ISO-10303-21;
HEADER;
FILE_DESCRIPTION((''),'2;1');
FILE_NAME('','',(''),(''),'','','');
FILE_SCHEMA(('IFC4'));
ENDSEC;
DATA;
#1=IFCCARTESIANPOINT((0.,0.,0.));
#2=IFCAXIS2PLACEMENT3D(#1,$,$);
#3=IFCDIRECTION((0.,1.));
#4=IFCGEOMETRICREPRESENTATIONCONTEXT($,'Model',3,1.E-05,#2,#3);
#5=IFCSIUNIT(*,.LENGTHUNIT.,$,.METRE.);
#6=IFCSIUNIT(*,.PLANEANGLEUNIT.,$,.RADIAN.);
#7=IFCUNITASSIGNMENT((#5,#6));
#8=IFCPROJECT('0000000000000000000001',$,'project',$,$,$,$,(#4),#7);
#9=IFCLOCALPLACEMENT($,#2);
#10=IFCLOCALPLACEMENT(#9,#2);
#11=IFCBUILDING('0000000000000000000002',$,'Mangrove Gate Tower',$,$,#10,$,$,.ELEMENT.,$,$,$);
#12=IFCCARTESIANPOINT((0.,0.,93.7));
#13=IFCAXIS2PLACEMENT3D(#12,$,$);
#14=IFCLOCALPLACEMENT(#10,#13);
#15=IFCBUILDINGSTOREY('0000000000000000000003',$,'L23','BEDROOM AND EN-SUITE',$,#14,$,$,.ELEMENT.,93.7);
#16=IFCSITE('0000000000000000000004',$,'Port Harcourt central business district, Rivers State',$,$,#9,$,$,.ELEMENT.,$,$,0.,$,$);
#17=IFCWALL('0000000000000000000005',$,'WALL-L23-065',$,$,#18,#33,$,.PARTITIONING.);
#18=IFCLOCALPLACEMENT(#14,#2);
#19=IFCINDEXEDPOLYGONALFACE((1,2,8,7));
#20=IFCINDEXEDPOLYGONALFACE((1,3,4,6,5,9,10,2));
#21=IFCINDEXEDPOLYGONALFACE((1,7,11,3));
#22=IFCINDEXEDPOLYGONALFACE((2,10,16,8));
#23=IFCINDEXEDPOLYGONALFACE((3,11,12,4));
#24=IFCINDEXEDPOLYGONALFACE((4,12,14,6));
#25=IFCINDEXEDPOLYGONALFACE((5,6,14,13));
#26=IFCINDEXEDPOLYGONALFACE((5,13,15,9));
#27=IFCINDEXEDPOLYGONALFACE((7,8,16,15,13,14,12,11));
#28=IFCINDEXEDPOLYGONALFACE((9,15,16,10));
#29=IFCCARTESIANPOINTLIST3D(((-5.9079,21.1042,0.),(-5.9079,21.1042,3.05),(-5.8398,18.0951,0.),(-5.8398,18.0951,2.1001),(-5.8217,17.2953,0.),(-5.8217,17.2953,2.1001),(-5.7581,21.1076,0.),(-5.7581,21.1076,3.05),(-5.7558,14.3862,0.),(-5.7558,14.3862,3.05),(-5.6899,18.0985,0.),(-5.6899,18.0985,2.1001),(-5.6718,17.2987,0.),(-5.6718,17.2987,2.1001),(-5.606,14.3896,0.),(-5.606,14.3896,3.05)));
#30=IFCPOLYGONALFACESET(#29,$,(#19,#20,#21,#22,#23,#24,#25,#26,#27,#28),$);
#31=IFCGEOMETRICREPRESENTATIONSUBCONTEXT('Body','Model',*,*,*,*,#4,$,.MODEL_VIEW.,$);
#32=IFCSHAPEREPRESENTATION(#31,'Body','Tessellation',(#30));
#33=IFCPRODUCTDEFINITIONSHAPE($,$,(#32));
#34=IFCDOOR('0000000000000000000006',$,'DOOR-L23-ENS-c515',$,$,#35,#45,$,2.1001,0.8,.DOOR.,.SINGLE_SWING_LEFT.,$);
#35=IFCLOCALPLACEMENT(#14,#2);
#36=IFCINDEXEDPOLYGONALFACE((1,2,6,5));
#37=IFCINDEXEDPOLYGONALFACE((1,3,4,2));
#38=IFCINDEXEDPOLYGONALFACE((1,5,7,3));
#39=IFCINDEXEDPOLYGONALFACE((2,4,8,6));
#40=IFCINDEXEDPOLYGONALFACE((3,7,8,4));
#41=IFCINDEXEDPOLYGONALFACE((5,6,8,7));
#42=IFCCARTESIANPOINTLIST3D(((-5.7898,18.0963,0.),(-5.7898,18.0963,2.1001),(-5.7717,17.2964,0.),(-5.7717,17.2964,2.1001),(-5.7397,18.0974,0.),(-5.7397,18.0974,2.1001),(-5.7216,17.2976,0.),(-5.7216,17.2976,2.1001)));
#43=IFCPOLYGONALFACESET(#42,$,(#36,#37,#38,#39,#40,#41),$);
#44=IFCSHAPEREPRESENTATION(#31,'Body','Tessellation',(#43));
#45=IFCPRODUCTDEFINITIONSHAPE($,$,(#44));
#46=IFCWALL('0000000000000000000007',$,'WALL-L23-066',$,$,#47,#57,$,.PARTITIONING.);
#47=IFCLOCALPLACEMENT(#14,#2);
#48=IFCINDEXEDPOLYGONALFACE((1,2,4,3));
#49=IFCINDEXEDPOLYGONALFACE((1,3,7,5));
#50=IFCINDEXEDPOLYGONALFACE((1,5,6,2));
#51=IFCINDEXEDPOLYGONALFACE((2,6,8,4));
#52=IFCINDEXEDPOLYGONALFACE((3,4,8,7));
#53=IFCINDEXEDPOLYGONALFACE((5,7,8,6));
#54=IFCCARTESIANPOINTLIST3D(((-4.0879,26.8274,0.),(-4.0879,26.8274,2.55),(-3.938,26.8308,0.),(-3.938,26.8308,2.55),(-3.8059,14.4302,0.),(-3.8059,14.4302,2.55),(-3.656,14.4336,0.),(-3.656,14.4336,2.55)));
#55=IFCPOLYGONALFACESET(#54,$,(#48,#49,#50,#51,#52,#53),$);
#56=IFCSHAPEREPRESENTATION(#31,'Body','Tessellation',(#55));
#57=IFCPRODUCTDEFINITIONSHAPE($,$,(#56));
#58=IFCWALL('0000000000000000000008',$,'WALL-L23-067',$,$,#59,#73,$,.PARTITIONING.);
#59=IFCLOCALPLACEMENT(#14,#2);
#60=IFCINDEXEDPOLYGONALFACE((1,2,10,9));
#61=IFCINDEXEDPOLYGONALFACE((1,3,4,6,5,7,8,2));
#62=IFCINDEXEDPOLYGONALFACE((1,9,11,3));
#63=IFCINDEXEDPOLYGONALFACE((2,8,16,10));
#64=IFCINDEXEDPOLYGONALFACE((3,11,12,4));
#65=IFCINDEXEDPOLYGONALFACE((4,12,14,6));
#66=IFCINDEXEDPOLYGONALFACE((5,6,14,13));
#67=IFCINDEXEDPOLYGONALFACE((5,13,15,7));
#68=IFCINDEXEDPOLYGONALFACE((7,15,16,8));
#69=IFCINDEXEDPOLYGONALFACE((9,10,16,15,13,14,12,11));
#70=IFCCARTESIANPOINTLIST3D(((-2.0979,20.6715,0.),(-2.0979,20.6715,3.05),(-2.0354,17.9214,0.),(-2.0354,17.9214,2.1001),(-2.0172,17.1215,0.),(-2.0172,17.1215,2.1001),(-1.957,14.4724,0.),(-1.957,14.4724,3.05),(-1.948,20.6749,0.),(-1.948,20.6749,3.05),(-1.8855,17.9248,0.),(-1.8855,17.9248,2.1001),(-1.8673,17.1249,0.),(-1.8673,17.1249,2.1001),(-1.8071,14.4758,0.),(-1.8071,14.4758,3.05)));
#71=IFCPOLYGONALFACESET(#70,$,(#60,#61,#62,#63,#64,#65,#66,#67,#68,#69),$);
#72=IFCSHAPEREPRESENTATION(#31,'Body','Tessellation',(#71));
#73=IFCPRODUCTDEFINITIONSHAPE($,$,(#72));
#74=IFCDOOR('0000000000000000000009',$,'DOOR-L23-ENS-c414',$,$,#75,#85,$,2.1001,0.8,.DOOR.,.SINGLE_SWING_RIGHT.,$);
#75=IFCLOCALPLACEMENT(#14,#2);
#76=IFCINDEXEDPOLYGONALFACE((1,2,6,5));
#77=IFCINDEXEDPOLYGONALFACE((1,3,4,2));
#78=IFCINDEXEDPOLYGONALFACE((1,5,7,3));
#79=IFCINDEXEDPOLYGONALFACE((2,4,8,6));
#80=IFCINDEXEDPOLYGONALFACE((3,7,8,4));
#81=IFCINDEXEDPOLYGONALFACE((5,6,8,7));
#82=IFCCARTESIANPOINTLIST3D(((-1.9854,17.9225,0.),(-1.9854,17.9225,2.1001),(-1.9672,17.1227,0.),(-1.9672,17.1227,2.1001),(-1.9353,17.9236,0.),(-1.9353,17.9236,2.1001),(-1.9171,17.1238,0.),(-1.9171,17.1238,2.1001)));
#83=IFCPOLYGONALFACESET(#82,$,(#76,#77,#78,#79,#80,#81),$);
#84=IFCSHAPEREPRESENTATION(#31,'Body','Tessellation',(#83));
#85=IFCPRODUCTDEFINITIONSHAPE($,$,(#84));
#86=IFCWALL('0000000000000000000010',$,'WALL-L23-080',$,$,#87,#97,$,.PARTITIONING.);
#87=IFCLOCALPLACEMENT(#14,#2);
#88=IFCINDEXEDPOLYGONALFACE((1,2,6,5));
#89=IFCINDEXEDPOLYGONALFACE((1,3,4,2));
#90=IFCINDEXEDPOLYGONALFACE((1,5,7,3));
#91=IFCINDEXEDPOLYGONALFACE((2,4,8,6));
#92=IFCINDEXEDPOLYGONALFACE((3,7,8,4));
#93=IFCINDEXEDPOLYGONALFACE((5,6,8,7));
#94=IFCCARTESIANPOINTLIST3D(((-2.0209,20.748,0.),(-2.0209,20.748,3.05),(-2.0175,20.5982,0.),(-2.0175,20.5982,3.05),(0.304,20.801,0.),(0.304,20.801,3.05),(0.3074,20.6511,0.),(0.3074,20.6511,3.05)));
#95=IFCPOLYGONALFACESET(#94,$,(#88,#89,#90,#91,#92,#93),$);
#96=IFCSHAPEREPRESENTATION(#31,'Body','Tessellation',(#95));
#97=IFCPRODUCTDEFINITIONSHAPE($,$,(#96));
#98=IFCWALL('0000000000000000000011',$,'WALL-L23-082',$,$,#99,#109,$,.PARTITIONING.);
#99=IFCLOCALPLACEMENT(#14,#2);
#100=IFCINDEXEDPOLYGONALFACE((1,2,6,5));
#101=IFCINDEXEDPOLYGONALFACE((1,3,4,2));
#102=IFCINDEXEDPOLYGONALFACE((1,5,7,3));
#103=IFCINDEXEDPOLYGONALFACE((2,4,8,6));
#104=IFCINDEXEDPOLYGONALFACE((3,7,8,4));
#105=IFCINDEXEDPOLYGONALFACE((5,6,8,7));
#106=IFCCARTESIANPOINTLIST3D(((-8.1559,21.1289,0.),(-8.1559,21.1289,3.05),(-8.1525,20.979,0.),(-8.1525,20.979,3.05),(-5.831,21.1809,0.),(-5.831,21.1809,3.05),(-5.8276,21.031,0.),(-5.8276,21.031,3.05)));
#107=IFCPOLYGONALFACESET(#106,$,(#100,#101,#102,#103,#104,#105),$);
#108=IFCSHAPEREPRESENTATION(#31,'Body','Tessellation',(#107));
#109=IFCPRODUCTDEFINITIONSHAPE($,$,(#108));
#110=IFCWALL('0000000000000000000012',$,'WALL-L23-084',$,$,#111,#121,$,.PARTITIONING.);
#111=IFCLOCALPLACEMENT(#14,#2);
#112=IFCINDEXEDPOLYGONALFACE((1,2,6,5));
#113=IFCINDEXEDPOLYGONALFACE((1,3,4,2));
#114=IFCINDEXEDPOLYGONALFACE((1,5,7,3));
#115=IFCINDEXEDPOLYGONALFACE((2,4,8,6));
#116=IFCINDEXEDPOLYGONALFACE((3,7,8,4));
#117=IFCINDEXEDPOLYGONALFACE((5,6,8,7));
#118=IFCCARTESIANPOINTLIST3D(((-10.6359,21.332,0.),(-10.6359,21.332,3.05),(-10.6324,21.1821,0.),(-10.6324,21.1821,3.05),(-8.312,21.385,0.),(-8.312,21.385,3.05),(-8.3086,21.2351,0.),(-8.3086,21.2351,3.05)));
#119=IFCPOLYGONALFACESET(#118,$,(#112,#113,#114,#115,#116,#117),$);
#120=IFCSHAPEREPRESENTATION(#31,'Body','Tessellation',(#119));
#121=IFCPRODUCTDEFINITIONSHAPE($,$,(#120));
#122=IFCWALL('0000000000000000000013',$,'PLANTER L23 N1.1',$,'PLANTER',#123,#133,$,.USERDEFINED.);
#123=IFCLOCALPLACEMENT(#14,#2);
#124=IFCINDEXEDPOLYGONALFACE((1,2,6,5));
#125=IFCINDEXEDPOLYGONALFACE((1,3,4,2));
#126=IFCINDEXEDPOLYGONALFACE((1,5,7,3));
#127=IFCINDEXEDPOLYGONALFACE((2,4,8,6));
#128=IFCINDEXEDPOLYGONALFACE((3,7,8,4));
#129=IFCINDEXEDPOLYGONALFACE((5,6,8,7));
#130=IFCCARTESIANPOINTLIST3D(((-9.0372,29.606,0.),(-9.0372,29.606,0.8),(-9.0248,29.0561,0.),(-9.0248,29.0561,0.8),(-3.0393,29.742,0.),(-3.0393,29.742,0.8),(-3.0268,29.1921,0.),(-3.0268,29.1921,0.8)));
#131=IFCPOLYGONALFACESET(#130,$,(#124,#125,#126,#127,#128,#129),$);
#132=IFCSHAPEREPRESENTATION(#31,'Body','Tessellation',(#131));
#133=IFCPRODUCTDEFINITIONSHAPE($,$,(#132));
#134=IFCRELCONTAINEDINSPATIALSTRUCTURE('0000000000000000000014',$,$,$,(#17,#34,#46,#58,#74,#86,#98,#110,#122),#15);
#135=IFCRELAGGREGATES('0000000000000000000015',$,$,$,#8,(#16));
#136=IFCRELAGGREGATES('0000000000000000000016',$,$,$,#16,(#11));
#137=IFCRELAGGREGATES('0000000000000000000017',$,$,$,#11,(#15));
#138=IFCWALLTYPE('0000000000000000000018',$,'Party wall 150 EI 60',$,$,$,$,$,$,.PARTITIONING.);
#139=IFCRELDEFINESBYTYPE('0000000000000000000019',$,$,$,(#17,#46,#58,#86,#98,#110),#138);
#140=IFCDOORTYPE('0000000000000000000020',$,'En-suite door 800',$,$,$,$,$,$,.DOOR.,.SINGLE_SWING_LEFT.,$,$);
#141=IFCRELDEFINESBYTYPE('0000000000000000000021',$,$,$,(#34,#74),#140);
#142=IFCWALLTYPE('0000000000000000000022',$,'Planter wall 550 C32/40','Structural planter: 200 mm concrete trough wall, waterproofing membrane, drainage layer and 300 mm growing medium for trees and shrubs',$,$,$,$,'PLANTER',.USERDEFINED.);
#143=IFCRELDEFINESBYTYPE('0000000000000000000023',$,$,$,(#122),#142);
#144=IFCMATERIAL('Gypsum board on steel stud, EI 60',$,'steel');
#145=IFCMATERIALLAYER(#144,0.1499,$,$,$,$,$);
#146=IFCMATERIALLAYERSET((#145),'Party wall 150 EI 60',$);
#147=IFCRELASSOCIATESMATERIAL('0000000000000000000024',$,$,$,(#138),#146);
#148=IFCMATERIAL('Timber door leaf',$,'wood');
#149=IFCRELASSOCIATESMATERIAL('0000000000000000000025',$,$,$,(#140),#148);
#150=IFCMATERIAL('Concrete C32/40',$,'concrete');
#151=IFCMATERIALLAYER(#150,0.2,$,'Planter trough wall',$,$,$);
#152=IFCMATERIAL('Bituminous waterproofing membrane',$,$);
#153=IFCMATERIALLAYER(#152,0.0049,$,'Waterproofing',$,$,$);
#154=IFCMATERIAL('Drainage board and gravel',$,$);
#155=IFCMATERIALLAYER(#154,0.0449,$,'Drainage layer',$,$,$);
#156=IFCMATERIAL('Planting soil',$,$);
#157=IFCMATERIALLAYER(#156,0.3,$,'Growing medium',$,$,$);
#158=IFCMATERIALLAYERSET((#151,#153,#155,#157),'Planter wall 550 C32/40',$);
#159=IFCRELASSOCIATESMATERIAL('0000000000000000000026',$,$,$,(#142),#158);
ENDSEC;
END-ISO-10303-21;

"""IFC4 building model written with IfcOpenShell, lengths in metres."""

from ifc_helpers import new_model, si_unit, direction, frame, frame_2d, origin, place, context, subcontext, project, spatial, rectangle, extrude, material, layer, layer_set, type_object, element, fill, save


model = new_model("IFC4")

# Units and contexts
model_context = context("Model", 3, precision=1e-05, world=origin(), true_north=direction((0.0, 1.0)))
body_context = subcontext(model_context, "Body", "Model", "MODEL_VIEW")
ifc_project = project(units=[si_unit("LENGTHUNIT", "METRE"), si_unit("PLANEANGLEUNIT", "RADIAN")], contexts=[model_context])

# Site, building, storey
site_placement = place(None, origin())
site = spatial("IfcSite", under=ifc_project, at=site_placement, Name="Port Harcourt central business district, Rivers State", CompositionType="ELEMENT", RefElevation=0.0)
building_placement = place(site_placement, origin())
building = spatial("IfcBuilding", under=site, at=building_placement, Name="Mangrove Gate Tower", CompositionType="ELEMENT")
storey_placement = place(building_placement, frame((0.0, 0.0, 93.7)))
storey = spatial("IfcBuildingStorey", under=building, at=storey_placement, Name="L23", Description="BEDROOM AND EN-SUITE", CompositionType="ELEMENT", Elevation=93.7)

# Shared definitions
ifc_material_1 = material(Name="Gypsum board on steel stud, EI 60", Category="steel")
ifc_layer_1 = layer(ifc_material_1, 0.1499)
ifc_layer_set_1 = layer_set([ifc_layer_1], Name="Party wall 150 EI 60")
wall_type_1 = type_object("IfcWallType", Name="Party wall 150 EI 60", PredefinedType="PARTITIONING", material=ifc_layer_set_1)
ifc_material_2 = material(Name="Timber door leaf", Category="wood")
door_type = type_object("IfcDoorType", Name="En-suite door 800", OperationType="SINGLE_SWING_LEFT", PredefinedType="DOOR", material=ifc_material_2)

# Wall, opening, door
wall_1_placement = place(storey_placement, frame((-5.6809, 14.3879, 0.0), z_axis=(0.0, 0.0, 1.0), x_axis=(-0.022635, 0.999744, 0.0)))
wall_1 = element("IfcWall", 1, at=wall_1_placement, inside=storey, type_object=wall_type_1, Name="WALL-L23-065", PredefinedType="PARTITIONING", context=body_context, shape_type="SweptSolid", body=[
    extrude(rectangle(XDim=6.7197, YDim=0.1499, at=frame_2d((3.3599, 0.0))), origin(), (0.0, 0.0, 1.0), 3.05),
])
opening_1_placement = place(wall_1_placement, frame((2.9099, 0.0, 0.0)))
opening_1 = element("IfcOpeningElement", 2, at=opening_1_placement, cuts=wall_1, PredefinedType="OPENING", context=body_context, shape_type="SweptSolid", body=[
    extrude(rectangle(XDim=0.8, YDim=2.1001, at=frame_2d((0.3999, 1.05))), frame((0.0, 0.085, 0.0), z_axis=(0.0, -1.0, 0.0), x_axis=(1.0, 0.0, 0.0)), (0.0, 0.0, 1.0), 0.1699),
])
door_1_placement = place(opening_1_placement, origin())
door_1 = element("IfcDoor", 3, at=door_1_placement, inside=storey, type_object=door_type, Name="DOOR-L23-ENS-c515", OperationType="SINGLE_SWING_LEFT", OverallHeight=2.1001, OverallWidth=0.8, PredefinedType="DOOR", context=body_context, shape_type="SweptSolid", body=[
    extrude(rectangle(XDim=0.8, YDim=2.1001, at=frame_2d((0.3999, 1.05))), frame((0.0, 0.0249, 0.0), z_axis=(0.0, -1.0, 0.0), x_axis=(1.0, 0.0, 0.0)), (0.0, 0.0, 1.0), 0.05),
])
fill(opening_1, door_1)

# Wall
wall_2_placement = place(storey_placement, frame((-3.731, 14.4319, 0.0), z_axis=(0.0, 0.0, 1.0), x_axis=(-0.02274, 0.999741, 0.0)))
element("IfcWall", 4, at=wall_2_placement, inside=storey, type_object=wall_type_1, Name="WALL-L23-066", PredefinedType="PARTITIONING", context=body_context, shape_type="SweptSolid", body=[
    extrude(rectangle(XDim=12.4004, YDim=0.1499, at=frame_2d((6.2002, 0.0))), origin(), (0.0, 0.0, 1.0), 2.55),
])

# Wall, opening, door
wall_3_placement = place(storey_placement, frame((-1.8821, 14.4741, 0.0), z_axis=(0.0, 0.0, 1.0), x_axis=(-0.022719, 0.999742, 0.0)))
wall_3 = element("IfcWall", 5, at=wall_3_placement, inside=storey, type_object=wall_type_1, Name="WALL-L23-067", PredefinedType="PARTITIONING", context=body_context, shape_type="SweptSolid", body=[
    extrude(rectangle(XDim=6.2007, YDim=0.1499, at=frame_2d((3.1003, 0.0))), origin(), (0.0, 0.0, 1.0), 3.05),
])
opening_2_placement = place(wall_3_placement, frame((2.6499, 0.0, 0.0)))
opening_2 = element("IfcOpeningElement", 6, at=opening_2_placement, cuts=wall_3, PredefinedType="OPENING", context=body_context, shape_type="SweptSolid", body=[
    extrude(rectangle(XDim=0.8, YDim=2.1001, at=frame_2d((0.3999, 1.05))), frame((0.0, 0.085, 0.0), z_axis=(0.0, -1.0, 0.0), x_axis=(1.0, 0.0, 0.0)), (0.0, 0.0, 1.0), 0.1699),
])
door_2_placement = place(opening_2_placement, origin())
door_2 = element("IfcDoor", 7, at=door_2_placement, inside=storey, type_object=door_type, Name="DOOR-L23-ENS-c414", OperationType="SINGLE_SWING_RIGHT", OverallHeight=2.1001, OverallWidth=0.8, PredefinedType="DOOR", context=body_context, shape_type="SweptSolid", body=[
    extrude(rectangle(XDim=0.8, YDim=2.1001, at=frame_2d((0.3999, 1.05))), frame((0.0, 0.0249, 0.0), z_axis=(0.0, -1.0, 0.0), x_axis=(1.0, 0.0, 0.0)), (0.0, 0.0, 1.0), 0.05),
])
fill(opening_2, door_2)

# Walls
for number, where, z_axis, x_axis, name in (
    (8, (-2.019, 20.6731, 0.0), (0.0, 0.0, 1.0), (0.99974, 0.022781, 0.0), "WALL-L23-080"),
    (9, (-8.1541, 21.054, 0.0), (0.0, 0.0, 1.0), (0.99975, 0.022361, 0.0), "WALL-L23-082"),
):
    element("IfcWall", number, at=place(storey_placement, frame(where, z_axis=z_axis, x_axis=x_axis)), inside=storey, type_object=wall_type_1, Name=name, PredefinedType="PARTITIONING", context=body_context, shape_type="SweptSolid", body=[
        extrude(rectangle(XDim=2.3254, YDim=0.1499, at=frame_2d((1.1626, 0.0))), origin(), (0.0, 0.0, 1.0), 3.05),
    ])
wall_4_placement = place(storey_placement, frame((-10.634, 21.2571, 0.0), z_axis=(0.0, 0.0, 1.0), x_axis=(0.99974, 0.022791, 0.0)))
element("IfcWall", 10, at=wall_4_placement, inside=storey, type_object=wall_type_1, Name="WALL-L23-084", PredefinedType="PARTITIONING", context=body_context, shape_type="SweptSolid", body=[
    extrude(rectangle(XDim=2.3245, YDim=0.1499, at=frame_2d((1.1621, 0.0))), origin(), (0.0, 0.0, 1.0), 3.05),
])
ifc_material_3 = material(Name="Concrete C32/40", Category="concrete")
ifc_layer_2 = layer(ifc_material_3, 0.2, Name="Planter trough wall")
ifc_material_4 = material(Name="Bituminous waterproofing membrane")
ifc_layer_3 = layer(ifc_material_4, 0.0049, Name="Waterproofing")
ifc_material_5 = material(Name="Drainage board and gravel")
ifc_layer_4 = layer(ifc_material_5, 0.0449, Name="Drainage layer")
ifc_material_6 = material(Name="Planting soil")
ifc_layer_5 = layer(ifc_material_6, 0.3, Name="Growing medium")
ifc_layer_set_2 = layer_set([ifc_layer_2, ifc_layer_3, ifc_layer_4, ifc_layer_5], Name="Planter wall 550 C32/40")
wall_type_2 = type_object("IfcWallType", Name="Planter wall 550 C32/40", Description="Structural planter: 200 mm concrete trough wall, waterproofing membrane, drainage layer and 300 mm growing medium for trees and shrubs", ElementType="PLANTER", PredefinedType="USERDEFINED", material=ifc_layer_set_2)
wall_5_placement = place(storey_placement, frame((-9.031, 29.3311, 0.0), z_axis=(0.0, 0.0, 1.0), x_axis=(0.999743, 0.022666, 0.0)))
element("IfcWall", 11, at=wall_5_placement, inside=storey, type_object=wall_type_2, Name="PLANTER L23 N1.1", ObjectType="PLANTER", PredefinedType="USERDEFINED", context=body_context, shape_type="SweptSolid", body=[
    extrude(rectangle(XDim=5.9995, YDim=0.55, at=frame_2d((2.9998, 0.0))), origin(), (0.0, 0.0, 1.0), 0.8),
])

save(model, "model.ifc")
